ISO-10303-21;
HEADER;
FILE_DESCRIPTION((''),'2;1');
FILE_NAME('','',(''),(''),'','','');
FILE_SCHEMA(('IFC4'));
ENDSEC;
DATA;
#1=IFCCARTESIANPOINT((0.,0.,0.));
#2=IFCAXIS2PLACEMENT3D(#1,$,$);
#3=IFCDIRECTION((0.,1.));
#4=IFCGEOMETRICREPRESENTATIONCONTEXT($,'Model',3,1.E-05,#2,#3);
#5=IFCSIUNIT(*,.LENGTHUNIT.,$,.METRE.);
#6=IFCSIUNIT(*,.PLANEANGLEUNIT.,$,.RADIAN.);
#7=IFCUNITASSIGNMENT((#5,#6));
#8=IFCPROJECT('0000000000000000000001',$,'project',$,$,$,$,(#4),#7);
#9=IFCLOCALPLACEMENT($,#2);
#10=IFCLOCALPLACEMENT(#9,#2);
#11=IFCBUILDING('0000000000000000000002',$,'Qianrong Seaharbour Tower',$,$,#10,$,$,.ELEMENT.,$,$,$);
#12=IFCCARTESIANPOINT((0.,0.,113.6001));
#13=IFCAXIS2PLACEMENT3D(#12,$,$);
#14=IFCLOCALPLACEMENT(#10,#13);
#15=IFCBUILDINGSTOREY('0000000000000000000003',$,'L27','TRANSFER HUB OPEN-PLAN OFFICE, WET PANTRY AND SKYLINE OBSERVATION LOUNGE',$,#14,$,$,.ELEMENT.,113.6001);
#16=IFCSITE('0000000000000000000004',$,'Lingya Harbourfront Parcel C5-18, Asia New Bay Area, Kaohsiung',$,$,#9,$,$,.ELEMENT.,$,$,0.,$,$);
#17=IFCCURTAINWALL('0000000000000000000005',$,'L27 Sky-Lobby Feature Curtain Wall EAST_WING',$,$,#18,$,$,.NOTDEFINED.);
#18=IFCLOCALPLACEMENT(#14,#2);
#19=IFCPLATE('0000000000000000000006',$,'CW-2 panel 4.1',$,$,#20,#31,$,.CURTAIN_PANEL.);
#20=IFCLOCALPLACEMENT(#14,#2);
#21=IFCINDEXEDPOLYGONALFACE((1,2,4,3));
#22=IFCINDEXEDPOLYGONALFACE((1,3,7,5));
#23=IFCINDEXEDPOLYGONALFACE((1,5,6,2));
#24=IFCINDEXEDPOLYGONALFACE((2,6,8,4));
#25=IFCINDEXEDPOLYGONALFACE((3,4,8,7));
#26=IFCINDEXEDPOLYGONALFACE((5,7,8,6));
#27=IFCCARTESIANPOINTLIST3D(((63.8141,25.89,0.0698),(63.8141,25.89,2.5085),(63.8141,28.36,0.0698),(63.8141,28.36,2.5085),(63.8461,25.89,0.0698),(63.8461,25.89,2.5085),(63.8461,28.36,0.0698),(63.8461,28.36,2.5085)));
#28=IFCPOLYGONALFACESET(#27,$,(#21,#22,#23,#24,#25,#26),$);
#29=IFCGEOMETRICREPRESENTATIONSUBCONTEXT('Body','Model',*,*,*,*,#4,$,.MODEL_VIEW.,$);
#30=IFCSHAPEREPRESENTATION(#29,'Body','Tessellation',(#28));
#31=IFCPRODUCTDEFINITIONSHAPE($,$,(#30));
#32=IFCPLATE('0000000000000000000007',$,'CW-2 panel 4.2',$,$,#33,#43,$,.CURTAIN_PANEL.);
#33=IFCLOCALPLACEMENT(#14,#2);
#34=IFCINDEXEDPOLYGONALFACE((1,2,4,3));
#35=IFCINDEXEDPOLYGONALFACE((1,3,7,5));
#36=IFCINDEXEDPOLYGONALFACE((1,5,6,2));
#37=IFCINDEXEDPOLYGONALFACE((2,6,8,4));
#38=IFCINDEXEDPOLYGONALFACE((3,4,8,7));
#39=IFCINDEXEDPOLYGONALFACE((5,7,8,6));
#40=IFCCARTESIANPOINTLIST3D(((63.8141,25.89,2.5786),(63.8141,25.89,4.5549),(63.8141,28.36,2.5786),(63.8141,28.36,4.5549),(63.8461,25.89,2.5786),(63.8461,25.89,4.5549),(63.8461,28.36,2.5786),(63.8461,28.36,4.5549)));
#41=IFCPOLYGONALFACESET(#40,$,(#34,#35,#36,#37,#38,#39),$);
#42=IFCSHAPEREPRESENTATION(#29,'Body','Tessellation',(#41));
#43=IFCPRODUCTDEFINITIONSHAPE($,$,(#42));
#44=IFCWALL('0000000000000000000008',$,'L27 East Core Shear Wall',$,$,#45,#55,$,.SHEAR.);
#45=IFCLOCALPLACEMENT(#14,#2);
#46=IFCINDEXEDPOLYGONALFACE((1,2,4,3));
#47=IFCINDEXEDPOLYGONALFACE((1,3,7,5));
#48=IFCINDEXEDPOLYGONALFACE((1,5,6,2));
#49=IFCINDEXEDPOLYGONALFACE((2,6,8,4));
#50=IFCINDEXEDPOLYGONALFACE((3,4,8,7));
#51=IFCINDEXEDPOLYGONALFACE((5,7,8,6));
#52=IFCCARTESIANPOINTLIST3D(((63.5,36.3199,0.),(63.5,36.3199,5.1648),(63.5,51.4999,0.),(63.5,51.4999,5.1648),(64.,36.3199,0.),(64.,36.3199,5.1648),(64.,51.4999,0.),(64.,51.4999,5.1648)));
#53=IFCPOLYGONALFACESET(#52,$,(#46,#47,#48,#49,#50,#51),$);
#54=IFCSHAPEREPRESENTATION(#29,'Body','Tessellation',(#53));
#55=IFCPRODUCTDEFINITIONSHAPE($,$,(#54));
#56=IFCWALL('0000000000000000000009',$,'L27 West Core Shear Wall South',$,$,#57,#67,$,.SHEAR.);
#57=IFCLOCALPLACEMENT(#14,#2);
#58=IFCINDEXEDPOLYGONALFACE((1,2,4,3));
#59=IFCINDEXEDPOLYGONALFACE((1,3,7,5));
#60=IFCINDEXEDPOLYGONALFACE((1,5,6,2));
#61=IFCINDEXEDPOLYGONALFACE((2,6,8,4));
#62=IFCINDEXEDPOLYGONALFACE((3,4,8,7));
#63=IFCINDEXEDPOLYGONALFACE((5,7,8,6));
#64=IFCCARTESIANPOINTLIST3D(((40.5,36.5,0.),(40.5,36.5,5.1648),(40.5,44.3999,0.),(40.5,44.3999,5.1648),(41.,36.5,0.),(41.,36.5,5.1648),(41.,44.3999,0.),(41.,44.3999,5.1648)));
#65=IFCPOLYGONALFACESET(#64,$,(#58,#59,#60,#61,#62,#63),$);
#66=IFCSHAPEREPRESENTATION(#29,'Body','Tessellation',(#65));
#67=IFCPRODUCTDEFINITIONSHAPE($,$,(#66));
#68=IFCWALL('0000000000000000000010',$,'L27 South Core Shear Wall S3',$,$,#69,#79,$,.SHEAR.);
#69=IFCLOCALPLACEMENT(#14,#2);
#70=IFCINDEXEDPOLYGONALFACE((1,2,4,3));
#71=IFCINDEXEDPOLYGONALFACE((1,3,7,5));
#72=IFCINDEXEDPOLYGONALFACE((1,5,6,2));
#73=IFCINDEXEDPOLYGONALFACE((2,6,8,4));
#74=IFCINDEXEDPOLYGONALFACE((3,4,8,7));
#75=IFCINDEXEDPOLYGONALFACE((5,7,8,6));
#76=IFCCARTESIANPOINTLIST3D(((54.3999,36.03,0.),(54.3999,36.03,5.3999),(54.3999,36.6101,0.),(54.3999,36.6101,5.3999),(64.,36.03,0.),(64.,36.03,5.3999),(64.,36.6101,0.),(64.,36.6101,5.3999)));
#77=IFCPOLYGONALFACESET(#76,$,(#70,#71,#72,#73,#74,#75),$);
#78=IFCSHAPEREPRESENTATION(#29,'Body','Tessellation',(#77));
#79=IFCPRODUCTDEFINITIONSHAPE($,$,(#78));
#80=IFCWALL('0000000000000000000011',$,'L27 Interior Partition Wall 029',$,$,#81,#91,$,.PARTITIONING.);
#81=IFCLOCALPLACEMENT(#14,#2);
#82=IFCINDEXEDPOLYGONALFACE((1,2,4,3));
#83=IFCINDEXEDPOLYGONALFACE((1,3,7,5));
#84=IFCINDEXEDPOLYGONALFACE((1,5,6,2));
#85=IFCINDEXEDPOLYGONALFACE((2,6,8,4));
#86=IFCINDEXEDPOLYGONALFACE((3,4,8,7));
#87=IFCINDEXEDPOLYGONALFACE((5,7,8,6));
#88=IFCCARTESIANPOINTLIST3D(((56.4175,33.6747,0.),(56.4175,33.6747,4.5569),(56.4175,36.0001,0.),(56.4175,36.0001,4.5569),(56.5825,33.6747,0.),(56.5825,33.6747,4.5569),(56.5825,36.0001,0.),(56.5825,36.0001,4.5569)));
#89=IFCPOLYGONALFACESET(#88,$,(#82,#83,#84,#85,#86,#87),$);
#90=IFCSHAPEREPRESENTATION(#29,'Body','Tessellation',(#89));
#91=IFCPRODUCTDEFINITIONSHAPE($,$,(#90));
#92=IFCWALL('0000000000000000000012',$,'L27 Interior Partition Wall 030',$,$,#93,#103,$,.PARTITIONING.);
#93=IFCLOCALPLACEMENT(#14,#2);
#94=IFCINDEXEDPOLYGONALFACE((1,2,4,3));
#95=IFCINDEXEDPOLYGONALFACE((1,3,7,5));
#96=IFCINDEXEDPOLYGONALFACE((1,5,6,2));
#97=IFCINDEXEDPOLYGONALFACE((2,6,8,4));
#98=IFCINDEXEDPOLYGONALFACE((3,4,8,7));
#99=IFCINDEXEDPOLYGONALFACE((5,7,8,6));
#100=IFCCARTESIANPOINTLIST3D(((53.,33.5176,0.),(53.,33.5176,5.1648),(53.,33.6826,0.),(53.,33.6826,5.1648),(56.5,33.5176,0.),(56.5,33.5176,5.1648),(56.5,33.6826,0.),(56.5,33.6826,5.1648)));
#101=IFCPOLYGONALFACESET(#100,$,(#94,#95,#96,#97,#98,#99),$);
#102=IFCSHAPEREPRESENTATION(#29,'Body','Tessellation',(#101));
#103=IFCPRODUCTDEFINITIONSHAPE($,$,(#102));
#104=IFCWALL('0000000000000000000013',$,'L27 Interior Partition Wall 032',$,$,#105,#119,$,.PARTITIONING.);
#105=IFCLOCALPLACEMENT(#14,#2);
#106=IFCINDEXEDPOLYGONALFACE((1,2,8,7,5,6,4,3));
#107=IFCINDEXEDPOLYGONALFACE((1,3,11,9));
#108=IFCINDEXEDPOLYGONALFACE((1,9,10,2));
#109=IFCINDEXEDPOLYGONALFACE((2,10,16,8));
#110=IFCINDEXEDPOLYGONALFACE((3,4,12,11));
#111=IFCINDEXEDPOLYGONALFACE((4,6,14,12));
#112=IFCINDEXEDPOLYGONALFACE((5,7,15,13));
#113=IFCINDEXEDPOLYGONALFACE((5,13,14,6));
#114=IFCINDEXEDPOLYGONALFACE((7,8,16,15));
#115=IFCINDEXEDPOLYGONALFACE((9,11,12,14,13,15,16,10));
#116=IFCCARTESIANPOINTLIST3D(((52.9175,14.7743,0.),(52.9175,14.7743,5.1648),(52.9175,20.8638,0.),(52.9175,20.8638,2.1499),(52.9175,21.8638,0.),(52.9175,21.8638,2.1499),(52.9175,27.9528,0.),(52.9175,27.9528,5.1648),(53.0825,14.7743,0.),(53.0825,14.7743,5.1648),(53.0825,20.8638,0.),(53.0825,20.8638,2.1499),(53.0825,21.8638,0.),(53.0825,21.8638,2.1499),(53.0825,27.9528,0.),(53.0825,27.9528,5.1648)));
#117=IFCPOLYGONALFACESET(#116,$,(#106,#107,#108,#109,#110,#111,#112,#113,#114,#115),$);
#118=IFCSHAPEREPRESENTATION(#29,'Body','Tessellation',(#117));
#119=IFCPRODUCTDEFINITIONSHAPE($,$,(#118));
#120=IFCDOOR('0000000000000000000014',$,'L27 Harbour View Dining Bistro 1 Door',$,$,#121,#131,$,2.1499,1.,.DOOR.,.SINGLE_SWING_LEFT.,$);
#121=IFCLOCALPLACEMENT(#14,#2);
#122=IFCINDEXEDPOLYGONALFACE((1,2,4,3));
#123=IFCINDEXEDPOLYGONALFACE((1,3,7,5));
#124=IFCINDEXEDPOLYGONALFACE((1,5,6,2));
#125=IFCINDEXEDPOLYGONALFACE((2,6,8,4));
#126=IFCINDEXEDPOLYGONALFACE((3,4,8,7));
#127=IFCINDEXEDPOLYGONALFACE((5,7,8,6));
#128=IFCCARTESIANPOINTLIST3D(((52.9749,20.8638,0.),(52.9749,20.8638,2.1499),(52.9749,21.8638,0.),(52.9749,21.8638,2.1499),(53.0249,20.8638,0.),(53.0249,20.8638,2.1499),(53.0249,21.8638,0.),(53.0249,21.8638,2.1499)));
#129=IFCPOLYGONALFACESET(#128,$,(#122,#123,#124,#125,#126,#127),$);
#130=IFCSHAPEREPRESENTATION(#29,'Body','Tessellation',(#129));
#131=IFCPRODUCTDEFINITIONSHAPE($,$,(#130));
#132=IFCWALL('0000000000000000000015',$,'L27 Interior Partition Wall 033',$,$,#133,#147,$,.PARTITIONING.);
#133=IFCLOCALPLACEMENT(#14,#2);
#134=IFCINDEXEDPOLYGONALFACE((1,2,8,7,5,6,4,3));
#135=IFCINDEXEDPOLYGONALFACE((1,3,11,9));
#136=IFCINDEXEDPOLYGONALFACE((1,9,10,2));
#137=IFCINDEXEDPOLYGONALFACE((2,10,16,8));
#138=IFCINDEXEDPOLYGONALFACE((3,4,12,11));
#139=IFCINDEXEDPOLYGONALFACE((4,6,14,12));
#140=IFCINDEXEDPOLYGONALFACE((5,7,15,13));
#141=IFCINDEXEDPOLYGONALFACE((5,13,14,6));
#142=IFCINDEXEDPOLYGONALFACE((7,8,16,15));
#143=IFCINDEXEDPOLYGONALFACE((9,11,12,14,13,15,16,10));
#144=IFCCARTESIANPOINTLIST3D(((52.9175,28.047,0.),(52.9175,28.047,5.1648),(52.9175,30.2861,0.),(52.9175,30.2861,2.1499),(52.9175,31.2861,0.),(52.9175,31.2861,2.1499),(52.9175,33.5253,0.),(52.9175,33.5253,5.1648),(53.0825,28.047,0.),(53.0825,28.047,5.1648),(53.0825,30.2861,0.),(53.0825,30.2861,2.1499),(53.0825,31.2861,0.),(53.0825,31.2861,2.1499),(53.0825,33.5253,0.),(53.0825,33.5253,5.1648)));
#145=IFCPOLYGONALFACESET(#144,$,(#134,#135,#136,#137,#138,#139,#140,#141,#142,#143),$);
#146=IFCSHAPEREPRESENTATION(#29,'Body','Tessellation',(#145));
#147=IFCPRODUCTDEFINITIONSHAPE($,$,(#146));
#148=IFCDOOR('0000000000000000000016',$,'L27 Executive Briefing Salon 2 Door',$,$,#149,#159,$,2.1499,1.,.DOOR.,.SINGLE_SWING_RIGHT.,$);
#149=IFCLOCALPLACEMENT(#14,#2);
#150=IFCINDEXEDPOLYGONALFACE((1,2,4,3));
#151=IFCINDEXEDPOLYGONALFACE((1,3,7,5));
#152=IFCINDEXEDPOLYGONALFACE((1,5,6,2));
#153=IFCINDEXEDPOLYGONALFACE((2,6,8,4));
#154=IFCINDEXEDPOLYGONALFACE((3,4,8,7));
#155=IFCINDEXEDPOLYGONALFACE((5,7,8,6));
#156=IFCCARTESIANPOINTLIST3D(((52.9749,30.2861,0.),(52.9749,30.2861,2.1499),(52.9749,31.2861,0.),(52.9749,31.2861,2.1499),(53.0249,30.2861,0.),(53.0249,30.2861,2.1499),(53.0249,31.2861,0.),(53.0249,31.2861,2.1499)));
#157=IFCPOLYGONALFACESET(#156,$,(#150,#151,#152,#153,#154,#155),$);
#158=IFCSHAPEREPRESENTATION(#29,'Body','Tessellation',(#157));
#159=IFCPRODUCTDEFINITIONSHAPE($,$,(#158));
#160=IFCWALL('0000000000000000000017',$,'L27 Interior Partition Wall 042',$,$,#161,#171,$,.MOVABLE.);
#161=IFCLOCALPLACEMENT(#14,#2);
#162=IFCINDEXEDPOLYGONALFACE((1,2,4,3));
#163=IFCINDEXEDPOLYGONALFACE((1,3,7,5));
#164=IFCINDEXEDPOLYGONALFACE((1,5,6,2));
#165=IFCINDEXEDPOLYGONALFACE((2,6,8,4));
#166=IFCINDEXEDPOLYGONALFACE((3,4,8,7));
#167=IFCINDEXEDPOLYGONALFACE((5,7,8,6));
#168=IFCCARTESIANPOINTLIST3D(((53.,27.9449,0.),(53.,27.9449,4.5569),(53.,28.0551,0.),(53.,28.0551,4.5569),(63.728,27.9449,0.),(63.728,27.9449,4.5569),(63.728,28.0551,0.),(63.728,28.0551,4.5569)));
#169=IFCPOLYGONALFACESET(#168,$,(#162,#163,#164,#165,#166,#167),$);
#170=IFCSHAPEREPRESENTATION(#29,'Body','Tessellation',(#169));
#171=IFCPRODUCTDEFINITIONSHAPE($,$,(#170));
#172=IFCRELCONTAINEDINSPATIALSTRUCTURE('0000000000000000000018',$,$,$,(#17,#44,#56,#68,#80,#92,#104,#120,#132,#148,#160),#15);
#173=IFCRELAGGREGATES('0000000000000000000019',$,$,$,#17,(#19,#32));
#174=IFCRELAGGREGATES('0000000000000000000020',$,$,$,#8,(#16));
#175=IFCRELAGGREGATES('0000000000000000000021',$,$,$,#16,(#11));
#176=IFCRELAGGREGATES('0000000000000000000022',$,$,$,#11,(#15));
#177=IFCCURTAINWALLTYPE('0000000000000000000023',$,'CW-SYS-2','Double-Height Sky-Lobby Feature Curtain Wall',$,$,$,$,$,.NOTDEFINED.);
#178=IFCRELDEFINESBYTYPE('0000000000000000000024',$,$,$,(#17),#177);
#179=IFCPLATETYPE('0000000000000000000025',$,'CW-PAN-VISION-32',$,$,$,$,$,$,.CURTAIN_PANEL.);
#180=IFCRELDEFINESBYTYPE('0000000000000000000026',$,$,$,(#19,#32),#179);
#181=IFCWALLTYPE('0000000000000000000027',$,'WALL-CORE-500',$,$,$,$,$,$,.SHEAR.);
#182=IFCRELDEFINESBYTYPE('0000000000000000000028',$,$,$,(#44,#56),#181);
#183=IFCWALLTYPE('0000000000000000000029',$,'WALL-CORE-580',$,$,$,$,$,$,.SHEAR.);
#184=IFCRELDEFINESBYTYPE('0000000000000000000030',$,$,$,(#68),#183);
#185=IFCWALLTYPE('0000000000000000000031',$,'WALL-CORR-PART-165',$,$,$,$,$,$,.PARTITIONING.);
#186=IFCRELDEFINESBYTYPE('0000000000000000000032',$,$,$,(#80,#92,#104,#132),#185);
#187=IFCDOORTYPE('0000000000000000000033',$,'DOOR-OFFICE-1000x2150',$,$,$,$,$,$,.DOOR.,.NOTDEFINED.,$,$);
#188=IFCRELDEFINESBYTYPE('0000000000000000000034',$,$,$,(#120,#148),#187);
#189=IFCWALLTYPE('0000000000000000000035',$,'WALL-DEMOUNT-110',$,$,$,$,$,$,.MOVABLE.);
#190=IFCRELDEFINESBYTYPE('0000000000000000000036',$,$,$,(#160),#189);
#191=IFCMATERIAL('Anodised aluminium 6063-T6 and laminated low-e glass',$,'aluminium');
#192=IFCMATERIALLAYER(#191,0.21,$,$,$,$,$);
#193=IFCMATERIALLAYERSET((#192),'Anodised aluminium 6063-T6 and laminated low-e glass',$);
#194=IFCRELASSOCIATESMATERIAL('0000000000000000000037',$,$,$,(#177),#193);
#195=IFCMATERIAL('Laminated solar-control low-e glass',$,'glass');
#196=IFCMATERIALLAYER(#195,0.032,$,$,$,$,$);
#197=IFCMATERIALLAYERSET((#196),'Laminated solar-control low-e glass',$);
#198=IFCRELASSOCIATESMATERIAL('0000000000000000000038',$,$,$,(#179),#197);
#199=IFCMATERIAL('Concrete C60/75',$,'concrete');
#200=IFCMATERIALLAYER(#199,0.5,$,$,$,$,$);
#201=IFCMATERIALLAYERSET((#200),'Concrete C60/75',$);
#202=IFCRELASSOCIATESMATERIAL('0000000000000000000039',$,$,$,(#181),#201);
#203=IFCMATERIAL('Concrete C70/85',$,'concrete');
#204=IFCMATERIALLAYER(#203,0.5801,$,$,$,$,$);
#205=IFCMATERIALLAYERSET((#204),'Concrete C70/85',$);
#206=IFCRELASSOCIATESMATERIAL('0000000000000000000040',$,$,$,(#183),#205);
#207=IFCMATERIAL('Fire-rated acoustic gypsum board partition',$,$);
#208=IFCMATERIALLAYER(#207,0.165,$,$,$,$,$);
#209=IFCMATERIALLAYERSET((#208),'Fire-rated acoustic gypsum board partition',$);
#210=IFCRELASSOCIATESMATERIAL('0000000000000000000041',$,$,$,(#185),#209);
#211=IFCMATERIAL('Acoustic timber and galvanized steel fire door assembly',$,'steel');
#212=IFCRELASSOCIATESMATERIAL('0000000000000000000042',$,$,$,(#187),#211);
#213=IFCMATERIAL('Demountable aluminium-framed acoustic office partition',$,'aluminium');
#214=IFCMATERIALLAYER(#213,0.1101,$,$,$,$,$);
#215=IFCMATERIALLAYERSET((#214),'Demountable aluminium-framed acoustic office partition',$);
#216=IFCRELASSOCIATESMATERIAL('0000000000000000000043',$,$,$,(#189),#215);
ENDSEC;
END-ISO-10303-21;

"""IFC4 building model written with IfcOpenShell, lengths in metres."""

from ifc_helpers import new_model, si_unit, direction, frame, frame_2d, origin, origin_2d, place, context, subcontext, project, spatial, rectangle, extrude, material, layer, layer_set, type_object, element, fill, aggregate, save


model = new_model("IFC4")

# Units and contexts
model_context = context("Model", 3, precision=1e-05, world=origin(), true_north=direction((0.0, 1.0)))
body_context = subcontext(model_context, "Body", "Model", "MODEL_VIEW")
ifc_project = project(units=[si_unit("LENGTHUNIT", "METRE"), si_unit("PLANEANGLEUNIT", "RADIAN")], contexts=[model_context])

# Site, building, storey
site_placement = place(None, origin())
site = spatial("IfcSite", under=ifc_project, at=site_placement, Name="Lingya Harbourfront Parcel C5-18, Asia New Bay Area, Kaohsiung", CompositionType="ELEMENT", RefElevation=0.0)
building_placement = place(site_placement, origin())
building = spatial("IfcBuilding", under=site, at=building_placement, Name="Qianrong Seaharbour Tower", CompositionType="ELEMENT")
storey_placement = place(building_placement, frame((0.0, 0.0, 113.6001)))
storey = spatial("IfcBuildingStorey", under=building, at=storey_placement, Name="L27", Description="TRANSFER HUB OPEN-PLAN OFFICE, WET PANTRY AND SKYLINE OBSERVATION LOUNGE", CompositionType="ELEMENT", Elevation=113.6001)

# Shared definitions
ifc_material_1 = material(Name="Concrete C70/85", Category="concrete")

# Curtain wall, plates
ifc_material_2 = material(Name="Anodised aluminium 6063-T6 and laminated low-e glass", Category="aluminium")
ifc_layer_1 = layer(ifc_material_2, 0.21)
ifc_layer_set_1 = layer_set([ifc_layer_1], Name="Anodised aluminium 6063-T6 and laminated low-e glass")
curtain_wall_type = type_object("IfcCurtainWallType", Name="CW-SYS-2", Description="Double-Height Sky-Lobby Feature Curtain Wall", PredefinedType="NOTDEFINED", material=ifc_layer_set_1)
curtain_wall_placement = place(storey_placement, origin())
curtain_wall = element("IfcCurtainWall", 1, at=curtain_wall_placement, inside=storey, type_object=curtain_wall_type, Name="L27 Sky-Lobby Feature Curtain Wall EAST_WING", PredefinedType="NOTDEFINED")
ifc_material_3 = material(Name="Laminated solar-control low-e glass", Category="glass")
ifc_layer_2 = layer(ifc_material_3, 0.032)
ifc_layer_set_2 = layer_set([ifc_layer_2], Name="Laminated solar-control low-e glass")
plate_type = type_object("IfcPlateType", Name="CW-PAN-VISION-32", PredefinedType="CURTAIN_PANEL", material=ifc_layer_set_2)
plate_1_placement = place(storey_placement, frame((63.8301, 27.125, 0.0698), z_axis=(0.0, 0.0, 1.0), x_axis=(0.0, -1.0, 0.0)))
plate_1 = element("IfcPlate", 2, at=plate_1_placement, type_object=plate_type, Name="CW-2 panel 4.1", PredefinedType="CURTAIN_PANEL", context=body_context, shape_type="SweptSolid", body=[
    extrude(rectangle(XDim=2.47, YDim=0.032, at=origin_2d()), origin(), (0.0, 0.0, 1.0), 2.4387),
])
plate_2_placement = place(storey_placement, frame((63.8301, 27.125, 2.5786), z_axis=(0.0, 0.0, 1.0), x_axis=(0.0, -1.0, 0.0)))
plate_2 = element("IfcPlate", 3, at=plate_2_placement, type_object=plate_type, Name="CW-2 panel 4.2", PredefinedType="CURTAIN_PANEL", context=body_context, shape_type="SweptSolid", body=[
    extrude(rectangle(XDim=2.47, YDim=0.032, at=origin_2d()), origin(), (0.0, 0.0, 1.0), 1.9763),
])
aggregate(curtain_wall, [plate_1, plate_2])

# Walls
ifc_material_4 = material(Name="Concrete C60/75", Category="concrete")
ifc_layer_3 = layer(ifc_material_4, 0.5)
ifc_layer_set_3 = layer_set([ifc_layer_3], Name="Concrete C60/75")
wall_type_1 = type_object("IfcWallType", Name="WALL-CORE-500", PredefinedType="SHEAR", material=ifc_layer_set_3)
wall_1_placement = place(storey_placement, frame((63.75, 36.3201, 0.0), z_axis=(0.0, 0.0, 1.0), x_axis=(0.0, 1.0, 0.0)))
element("IfcWall", 4, at=wall_1_placement, inside=storey, type_object=wall_type_1, Name="L27 East Core Shear Wall", PredefinedType="SHEAR", context=body_context, shape_type="SweptSolid", body=[
    extrude(rectangle(XDim=15.1799, YDim=0.5, at=frame_2d((7.5898, 0.0))), origin(), (0.0, 0.0, 1.0), 5.1648),
])
wall_2_placement = place(storey_placement, frame((40.75, 36.5, 0.0), z_axis=(0.0, 0.0, 1.0), x_axis=(0.0, 1.0, 0.0)))
element("IfcWall", 5, at=wall_2_placement, inside=storey, type_object=wall_type_1, Name="L27 West Core Shear Wall South", PredefinedType="SHEAR", context=body_context, shape_type="SweptSolid", body=[
    extrude(rectangle(XDim=7.8999, YDim=0.5, at=frame_2d((3.95, 0.0))), origin(), (0.0, 0.0, 1.0), 5.1648),
])
ifc_layer_4 = layer(ifc_material_1, 0.5801)
ifc_layer_set_4 = layer_set([ifc_layer_4], Name="Concrete C70/85")
wall_type_2 = type_object("IfcWallType", Name="WALL-CORE-580", PredefinedType="SHEAR", material=ifc_layer_set_4)
wall_3_placement = place(storey_placement, frame((54.3999, 36.3201, 0.0), z_axis=(0.0, 0.0, 1.0), x_axis=(1.0, 0.0, 0.0)))
element("IfcWall", 6, at=wall_3_placement, inside=storey, type_object=wall_type_2, Name="L27 South Core Shear Wall S3", PredefinedType="SHEAR", context=body_context, shape_type="SweptSolid", body=[
    extrude(rectangle(XDim=9.6001, YDim=0.5801, at=frame_2d((4.8, 0.0))), origin(), (0.0, 0.0, 1.0), 5.3999),
])
ifc_material_5 = material(Name="Fire-rated acoustic gypsum board partition")
ifc_layer_5 = layer(ifc_material_5, 0.165)
ifc_layer_set_5 = layer_set([ifc_layer_5], Name="Fire-rated acoustic gypsum board partition")
wall_type_3 = type_object("IfcWallType", Name="WALL-CORR-PART-165", PredefinedType="PARTITIONING", material=ifc_layer_set_5)
wall_4_placement = place(storey_placement, frame((56.5, 36.0, 0.0), z_axis=(0.0, 0.0, 1.0), x_axis=(0.0, -1.0, 0.0)))
element("IfcWall", 7, at=wall_4_placement, inside=storey, type_object=wall_type_3, Name="L27 Interior Partition Wall 029", PredefinedType="PARTITIONING", context=body_context, shape_type="SweptSolid", body=[
    extrude(rectangle(XDim=2.3254, YDim=0.165, at=frame_2d((1.1626, 0.0))), origin(), (0.0, 0.0, 1.0), 4.5569),
])
wall_5_placement = place(storey_placement, frame((56.5, 33.6001, 0.0), z_axis=(0.0, 0.0, 1.0), x_axis=(-1.0, 0.0, 0.0)))
element("IfcWall", 8, at=wall_5_placement, inside=storey, type_object=wall_type_3, Name="L27 Interior Partition Wall 030", PredefinedType="PARTITIONING", context=body_context, shape_type="SweptSolid", body=[
    extrude(rectangle(XDim=3.5, YDim=0.165, at=frame_2d((1.75, 0.0))), origin(), (0.0, 0.0, 1.0), 5.1648),
])

# Walls, openings, doors
wall_6_placement = place(storey_placement, frame((53.0, 27.9529, 0.0), z_axis=(0.0, 0.0, 1.0), x_axis=(0.0, -1.0, 0.0)))
wall_6 = element("IfcWall", 9, at=wall_6_placement, inside=storey, type_object=wall_type_3, Name="L27 Interior Partition Wall 032", PredefinedType="PARTITIONING", context=body_context, shape_type="SweptSolid", body=[
    extrude(rectangle(XDim=13.1785, YDim=0.165, at=frame_2d((6.5894, 0.0))), origin(), (0.0, 0.0, 1.0), 5.1648),
])
opening_1_placement = place(wall_6_placement, frame((6.0891, 0.0, 0.0)))
opening_1 = element("IfcOpeningElement", 10, at=opening_1_placement, cuts=wall_6, PredefinedType="OPENING", context=body_context, shape_type="SweptSolid", body=[
    extrude(rectangle(XDim=1.0, YDim=2.1499, at=frame_2d((0.5, 1.075))), frame((0.0, 0.0925, 0.0), z_axis=(0.0, -1.0, 0.0), x_axis=(1.0, 0.0, 0.0)), (0.0, 0.0, 1.0), 0.1851),
])
ifc_material_6 = material(Name="Acoustic timber and galvanized steel fire door assembly", Category="steel")
door_type = type_object("IfcDoorType", Name="DOOR-OFFICE-1000x2150", OperationType="NOTDEFINED", PredefinedType="DOOR", material=ifc_material_6)
door_1_placement = place(opening_1_placement, origin())
door_1 = element("IfcDoor", 11, at=door_1_placement, inside=storey, type_object=door_type, Name="L27 Harbour View Dining Bistro 1 Door", OperationType="SINGLE_SWING_LEFT", OverallHeight=2.1499, OverallWidth=1.0, PredefinedType="DOOR", context=body_context, shape_type="SweptSolid", body=[
    extrude(rectangle(XDim=1.0, YDim=2.1499, at=frame_2d((0.5, 1.075))), frame((0.0, 0.0249, 0.0), z_axis=(0.0, -1.0, 0.0), x_axis=(1.0, 0.0, 0.0)), (0.0, 0.0, 1.0), 0.05),
])
fill(opening_1, door_1)
wall_7_placement = place(storey_placement, frame((53.0, 33.5254, 0.0), z_axis=(0.0, 0.0, 1.0), x_axis=(0.0, -1.0, 0.0)))
wall_7 = element("IfcWall", 12, at=wall_7_placement, inside=storey, type_object=wall_type_3, Name="L27 Interior Partition Wall 033", PredefinedType="PARTITIONING", context=body_context, shape_type="SweptSolid", body=[
    extrude(rectangle(XDim=5.4783, YDim=0.165, at=frame_2d((2.7393, 0.0))), origin(), (0.0, 0.0, 1.0), 5.1648),
])
opening_2_placement = place(wall_7_placement, frame((2.2393, 0.0, 0.0)))
opening_2 = element("IfcOpeningElement", 13, at=opening_2_placement, cuts=wall_7, PredefinedType="OPENING", context=body_context, shape_type="SweptSolid", body=[
    extrude(rectangle(XDim=1.0, YDim=2.1499, at=frame_2d((0.5, 1.075))), frame((0.0, 0.0925, 0.0), z_axis=(0.0, -1.0, 0.0), x_axis=(1.0, 0.0, 0.0)), (0.0, 0.0, 1.0), 0.1851),
])
door_2_placement = place(opening_2_placement, origin())
door_2 = element("IfcDoor", 14, at=door_2_placement, inside=storey, type_object=door_type, Name="L27 Executive Briefing Salon 2 Door", OperationType="SINGLE_SWING_RIGHT", OverallHeight=2.1499, OverallWidth=1.0, PredefinedType="DOOR", context=body_context, shape_type="SweptSolid", body=[
    extrude(rectangle(XDim=1.0, YDim=2.1499, at=frame_2d((0.5, 1.075))), frame((0.0, 0.0249, 0.0), z_axis=(0.0, -1.0, 0.0), x_axis=(1.0, 0.0, 0.0)), (0.0, 0.0, 1.0), 0.05),
])
fill(opening_2, door_2)

# Wall
ifc_material_7 = material(Name="Demountable aluminium-framed acoustic office partition", Category="aluminium")
ifc_layer_6 = layer(ifc_material_7, 0.1101)
ifc_layer_set_6 = layer_set([ifc_layer_6], Name="Demountable aluminium-framed acoustic office partition")
wall_type_4 = type_object("IfcWallType", Name="WALL-DEMOUNT-110", PredefinedType="MOVABLE", material=ifc_layer_set_6)
wall_8_placement = place(storey_placement, frame((53.0, 28.0, 0.0), z_axis=(0.0, 0.0, 1.0), x_axis=(1.0, 0.0, 0.0)))
element("IfcWall", 15, at=wall_8_placement, inside=storey, type_object=wall_type_4, Name="L27 Interior Partition Wall 042", PredefinedType="MOVABLE", context=body_context, shape_type="SweptSolid", body=[
    extrude(rectangle(XDim=10.728, YDim=0.1101, at=frame_2d((5.364, 0.0))), origin(), (0.0, 0.0, 1.0), 4.5569),
])

save(model, "model.ifc")
